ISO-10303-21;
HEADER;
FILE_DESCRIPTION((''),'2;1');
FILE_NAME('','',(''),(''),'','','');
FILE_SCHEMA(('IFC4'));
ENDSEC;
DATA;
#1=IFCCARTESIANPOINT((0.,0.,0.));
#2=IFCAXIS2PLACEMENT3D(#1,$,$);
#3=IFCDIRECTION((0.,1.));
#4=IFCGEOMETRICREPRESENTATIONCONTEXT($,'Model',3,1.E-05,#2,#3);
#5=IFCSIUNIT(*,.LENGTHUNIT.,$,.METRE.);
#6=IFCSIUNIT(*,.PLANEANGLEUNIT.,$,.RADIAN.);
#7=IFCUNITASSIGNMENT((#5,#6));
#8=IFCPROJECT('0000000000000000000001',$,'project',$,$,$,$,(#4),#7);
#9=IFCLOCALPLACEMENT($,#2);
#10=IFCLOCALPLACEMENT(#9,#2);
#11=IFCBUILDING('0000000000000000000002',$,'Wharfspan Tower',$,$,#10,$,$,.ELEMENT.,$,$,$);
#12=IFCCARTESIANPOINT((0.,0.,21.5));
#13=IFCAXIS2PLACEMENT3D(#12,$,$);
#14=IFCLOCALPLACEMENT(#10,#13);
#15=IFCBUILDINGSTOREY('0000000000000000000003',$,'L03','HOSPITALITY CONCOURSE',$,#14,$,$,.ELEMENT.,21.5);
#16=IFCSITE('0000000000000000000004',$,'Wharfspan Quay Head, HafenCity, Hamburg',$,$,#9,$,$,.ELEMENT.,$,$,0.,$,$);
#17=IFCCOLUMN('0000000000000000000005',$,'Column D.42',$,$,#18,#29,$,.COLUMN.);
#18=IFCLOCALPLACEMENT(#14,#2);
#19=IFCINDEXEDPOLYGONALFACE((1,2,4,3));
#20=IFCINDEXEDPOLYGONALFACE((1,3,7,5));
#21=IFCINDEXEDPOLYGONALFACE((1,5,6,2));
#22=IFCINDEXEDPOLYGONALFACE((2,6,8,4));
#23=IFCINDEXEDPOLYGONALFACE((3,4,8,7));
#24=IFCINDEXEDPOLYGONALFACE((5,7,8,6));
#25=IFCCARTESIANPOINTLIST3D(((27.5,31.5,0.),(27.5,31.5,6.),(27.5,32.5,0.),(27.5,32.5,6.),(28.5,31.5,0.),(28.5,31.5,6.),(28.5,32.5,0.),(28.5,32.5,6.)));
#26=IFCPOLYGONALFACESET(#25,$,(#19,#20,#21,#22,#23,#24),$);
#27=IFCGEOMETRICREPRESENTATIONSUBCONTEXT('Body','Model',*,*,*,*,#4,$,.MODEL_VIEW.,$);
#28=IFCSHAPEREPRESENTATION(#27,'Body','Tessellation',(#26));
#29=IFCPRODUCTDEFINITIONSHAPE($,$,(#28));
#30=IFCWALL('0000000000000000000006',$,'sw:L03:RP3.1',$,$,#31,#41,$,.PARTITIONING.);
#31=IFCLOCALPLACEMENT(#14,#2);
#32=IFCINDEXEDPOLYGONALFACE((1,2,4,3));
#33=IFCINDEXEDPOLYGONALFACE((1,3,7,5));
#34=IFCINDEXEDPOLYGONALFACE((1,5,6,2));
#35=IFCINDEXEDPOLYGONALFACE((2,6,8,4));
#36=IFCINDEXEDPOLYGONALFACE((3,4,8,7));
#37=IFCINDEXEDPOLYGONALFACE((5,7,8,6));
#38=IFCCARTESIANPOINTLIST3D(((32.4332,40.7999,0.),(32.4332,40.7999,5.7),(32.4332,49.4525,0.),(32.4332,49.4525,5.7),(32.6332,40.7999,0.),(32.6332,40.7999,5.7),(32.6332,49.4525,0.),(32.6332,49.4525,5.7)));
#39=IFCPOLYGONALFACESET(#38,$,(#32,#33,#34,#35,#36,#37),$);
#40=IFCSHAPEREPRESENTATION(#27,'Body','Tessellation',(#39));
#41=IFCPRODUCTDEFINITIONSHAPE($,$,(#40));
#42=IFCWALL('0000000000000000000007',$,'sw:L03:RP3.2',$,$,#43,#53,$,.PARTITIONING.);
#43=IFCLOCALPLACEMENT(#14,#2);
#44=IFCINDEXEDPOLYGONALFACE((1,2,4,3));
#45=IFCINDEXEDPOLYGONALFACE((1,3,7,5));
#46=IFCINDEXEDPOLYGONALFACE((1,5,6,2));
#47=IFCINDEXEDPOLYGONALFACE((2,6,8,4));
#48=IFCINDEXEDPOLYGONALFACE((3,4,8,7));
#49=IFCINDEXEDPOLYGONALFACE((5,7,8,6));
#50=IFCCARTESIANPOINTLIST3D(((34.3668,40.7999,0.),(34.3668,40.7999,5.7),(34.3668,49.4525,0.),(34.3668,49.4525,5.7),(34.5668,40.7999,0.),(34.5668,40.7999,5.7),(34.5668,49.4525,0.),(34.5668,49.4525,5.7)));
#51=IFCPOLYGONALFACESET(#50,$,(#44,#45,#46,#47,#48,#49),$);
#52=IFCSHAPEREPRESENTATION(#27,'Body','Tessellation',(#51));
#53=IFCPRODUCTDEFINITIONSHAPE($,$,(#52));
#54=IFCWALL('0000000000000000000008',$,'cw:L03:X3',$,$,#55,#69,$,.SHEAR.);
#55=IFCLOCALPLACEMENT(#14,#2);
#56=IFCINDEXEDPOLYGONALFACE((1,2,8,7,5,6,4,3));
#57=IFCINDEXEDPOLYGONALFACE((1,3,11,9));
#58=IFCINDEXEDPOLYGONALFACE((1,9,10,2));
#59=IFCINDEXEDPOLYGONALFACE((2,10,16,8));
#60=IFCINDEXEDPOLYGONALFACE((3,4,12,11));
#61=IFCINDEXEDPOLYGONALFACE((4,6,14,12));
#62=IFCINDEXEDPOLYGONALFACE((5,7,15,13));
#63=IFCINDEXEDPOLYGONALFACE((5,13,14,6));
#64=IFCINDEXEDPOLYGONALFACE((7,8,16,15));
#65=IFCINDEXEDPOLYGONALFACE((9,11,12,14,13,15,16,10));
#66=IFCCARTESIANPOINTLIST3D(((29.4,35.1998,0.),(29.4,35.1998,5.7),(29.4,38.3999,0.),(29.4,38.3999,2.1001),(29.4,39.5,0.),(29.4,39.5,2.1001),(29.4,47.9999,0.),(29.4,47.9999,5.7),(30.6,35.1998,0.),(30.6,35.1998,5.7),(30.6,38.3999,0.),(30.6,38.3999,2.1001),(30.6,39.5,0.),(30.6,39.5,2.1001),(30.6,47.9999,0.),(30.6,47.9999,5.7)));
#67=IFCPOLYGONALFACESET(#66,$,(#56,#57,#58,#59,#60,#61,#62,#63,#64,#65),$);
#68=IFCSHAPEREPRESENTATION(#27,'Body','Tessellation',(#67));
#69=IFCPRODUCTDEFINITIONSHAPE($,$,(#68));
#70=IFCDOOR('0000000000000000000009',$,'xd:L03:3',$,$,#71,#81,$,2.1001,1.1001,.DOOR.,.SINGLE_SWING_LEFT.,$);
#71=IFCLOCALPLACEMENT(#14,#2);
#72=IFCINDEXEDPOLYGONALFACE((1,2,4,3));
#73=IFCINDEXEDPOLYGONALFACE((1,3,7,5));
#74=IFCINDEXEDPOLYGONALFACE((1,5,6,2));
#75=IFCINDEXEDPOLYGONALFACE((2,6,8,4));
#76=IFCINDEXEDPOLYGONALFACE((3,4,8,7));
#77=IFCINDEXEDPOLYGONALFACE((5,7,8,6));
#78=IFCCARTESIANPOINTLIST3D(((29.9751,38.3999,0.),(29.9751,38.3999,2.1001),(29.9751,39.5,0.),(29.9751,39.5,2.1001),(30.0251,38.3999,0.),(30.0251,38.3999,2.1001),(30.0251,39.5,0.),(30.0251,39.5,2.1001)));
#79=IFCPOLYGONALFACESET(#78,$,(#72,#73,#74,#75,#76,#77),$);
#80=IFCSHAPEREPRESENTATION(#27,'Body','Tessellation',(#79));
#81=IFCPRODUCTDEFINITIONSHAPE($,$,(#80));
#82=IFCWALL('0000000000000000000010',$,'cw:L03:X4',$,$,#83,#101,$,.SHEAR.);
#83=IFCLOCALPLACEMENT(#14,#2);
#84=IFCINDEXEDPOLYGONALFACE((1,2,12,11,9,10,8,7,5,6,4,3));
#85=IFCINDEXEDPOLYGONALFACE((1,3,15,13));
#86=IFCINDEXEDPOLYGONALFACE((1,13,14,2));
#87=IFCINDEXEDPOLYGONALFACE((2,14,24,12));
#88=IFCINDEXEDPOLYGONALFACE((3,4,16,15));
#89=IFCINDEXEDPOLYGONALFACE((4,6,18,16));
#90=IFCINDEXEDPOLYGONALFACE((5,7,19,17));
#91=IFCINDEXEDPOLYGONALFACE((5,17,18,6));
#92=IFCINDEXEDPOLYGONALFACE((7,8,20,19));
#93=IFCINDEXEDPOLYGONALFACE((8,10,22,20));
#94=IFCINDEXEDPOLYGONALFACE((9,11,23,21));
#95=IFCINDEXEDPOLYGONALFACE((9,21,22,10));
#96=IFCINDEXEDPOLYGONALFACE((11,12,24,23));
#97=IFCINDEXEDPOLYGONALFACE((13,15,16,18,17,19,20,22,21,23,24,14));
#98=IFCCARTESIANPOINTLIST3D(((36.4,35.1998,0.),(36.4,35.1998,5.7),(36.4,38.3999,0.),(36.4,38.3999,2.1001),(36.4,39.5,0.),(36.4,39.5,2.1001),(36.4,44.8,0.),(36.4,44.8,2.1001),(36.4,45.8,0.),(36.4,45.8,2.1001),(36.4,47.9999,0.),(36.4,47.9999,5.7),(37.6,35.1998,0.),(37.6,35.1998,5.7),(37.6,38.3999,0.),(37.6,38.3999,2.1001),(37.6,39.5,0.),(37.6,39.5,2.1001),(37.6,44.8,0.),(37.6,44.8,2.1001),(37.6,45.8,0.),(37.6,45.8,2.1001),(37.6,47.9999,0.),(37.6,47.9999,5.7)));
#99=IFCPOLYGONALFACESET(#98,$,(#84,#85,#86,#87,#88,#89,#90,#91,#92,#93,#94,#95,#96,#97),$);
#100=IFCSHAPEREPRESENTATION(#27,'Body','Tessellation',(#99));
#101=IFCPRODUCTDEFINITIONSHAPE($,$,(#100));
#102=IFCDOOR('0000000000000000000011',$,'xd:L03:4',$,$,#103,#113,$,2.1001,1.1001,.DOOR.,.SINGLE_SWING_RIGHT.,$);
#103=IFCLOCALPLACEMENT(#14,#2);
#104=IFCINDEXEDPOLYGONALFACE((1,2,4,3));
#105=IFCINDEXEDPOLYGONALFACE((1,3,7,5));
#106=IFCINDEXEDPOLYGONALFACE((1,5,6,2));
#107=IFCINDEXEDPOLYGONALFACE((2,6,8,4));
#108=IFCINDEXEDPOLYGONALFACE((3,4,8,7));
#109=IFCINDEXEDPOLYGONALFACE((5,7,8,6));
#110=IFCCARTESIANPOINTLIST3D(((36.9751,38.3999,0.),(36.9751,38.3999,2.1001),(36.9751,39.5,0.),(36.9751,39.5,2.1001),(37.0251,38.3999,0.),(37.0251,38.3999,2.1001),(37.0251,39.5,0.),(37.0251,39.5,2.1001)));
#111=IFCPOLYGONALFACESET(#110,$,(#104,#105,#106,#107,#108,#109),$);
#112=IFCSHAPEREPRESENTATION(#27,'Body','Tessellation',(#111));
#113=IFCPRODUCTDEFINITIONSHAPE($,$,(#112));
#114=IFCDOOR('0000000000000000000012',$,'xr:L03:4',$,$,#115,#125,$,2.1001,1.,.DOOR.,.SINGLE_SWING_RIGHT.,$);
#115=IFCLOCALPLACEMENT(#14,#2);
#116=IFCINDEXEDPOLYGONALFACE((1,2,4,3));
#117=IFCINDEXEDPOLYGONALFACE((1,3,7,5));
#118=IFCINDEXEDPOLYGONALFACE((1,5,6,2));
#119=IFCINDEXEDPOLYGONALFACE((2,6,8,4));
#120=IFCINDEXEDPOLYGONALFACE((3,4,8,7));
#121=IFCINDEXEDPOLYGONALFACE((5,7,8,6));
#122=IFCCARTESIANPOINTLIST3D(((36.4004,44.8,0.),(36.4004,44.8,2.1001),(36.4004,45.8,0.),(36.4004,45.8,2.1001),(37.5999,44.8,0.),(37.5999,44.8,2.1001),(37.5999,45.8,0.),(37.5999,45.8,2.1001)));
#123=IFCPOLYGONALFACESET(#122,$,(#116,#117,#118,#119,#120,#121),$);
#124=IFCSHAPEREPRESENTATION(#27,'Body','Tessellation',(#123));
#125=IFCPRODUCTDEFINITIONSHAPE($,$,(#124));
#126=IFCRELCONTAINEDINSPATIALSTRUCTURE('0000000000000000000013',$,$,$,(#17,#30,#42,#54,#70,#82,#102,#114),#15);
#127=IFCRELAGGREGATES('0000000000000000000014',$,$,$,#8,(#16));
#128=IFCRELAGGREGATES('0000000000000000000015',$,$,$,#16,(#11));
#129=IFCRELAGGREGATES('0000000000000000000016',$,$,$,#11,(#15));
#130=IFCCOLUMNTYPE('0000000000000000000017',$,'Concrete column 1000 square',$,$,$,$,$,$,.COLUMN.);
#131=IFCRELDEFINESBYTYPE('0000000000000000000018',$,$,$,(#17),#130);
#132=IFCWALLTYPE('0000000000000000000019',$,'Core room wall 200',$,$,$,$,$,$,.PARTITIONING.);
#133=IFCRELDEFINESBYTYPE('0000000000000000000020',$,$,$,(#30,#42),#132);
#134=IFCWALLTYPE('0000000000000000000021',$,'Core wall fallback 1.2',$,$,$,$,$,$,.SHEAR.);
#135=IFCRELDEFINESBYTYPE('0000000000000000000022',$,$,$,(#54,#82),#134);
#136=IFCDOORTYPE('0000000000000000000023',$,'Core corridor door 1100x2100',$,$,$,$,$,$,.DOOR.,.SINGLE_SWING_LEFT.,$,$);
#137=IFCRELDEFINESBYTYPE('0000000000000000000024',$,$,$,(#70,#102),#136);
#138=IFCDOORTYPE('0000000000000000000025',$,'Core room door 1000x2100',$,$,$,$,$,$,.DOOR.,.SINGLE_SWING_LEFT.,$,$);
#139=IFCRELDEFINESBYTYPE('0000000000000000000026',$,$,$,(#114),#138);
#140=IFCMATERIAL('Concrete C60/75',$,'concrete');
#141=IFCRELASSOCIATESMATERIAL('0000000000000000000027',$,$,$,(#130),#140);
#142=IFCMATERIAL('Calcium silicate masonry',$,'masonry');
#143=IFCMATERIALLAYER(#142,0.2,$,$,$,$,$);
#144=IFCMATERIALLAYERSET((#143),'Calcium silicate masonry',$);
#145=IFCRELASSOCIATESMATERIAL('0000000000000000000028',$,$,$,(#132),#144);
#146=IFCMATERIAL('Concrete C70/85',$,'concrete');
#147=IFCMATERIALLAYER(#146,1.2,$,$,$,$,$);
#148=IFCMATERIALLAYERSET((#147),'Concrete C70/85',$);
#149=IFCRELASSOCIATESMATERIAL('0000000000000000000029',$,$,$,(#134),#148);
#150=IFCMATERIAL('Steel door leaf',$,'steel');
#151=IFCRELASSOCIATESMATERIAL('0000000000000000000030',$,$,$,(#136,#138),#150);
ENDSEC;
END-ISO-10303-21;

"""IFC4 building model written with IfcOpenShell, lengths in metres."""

from ifc_helpers import new_model, si_unit, direction, frame, frame_2d, origin, origin_2d, place, context, subcontext, project, spatial, rectangle, extrude, material, layer, layer_set, material_profile, profile_set, type_object, element, fill, save


model = new_model("IFC4")

# Units and contexts
model_context = context("Model", 3, precision=1e-05, world=origin(), true_north=direction((0.0, 1.0)))
body_context = subcontext(model_context, "Body", "Model", "MODEL_VIEW")
ifc_project = project(units=[si_unit("LENGTHUNIT", "METRE"), si_unit("PLANEANGLEUNIT", "RADIAN")], contexts=[model_context])

# Site, building, storey
site_placement = place(None, origin())
site = spatial("IfcSite", under=ifc_project, at=site_placement, Name="Wharfspan Quay Head, HafenCity, Hamburg", CompositionType="ELEMENT", RefElevation=0.0)
building_placement = place(site_placement, origin())
building = spatial("IfcBuilding", under=site, at=building_placement, Name="Wharfspan Tower", CompositionType="ELEMENT")
storey_placement = place(building_placement, frame((0.0, 0.0, 21.5)))
storey = spatial("IfcBuildingStorey", under=building, at=storey_placement, Name="L03", Description="HOSPITALITY CONCOURSE", CompositionType="ELEMENT", Elevation=21.5)

# Column
ifc_material_1 = material(Name="Concrete C60/75", Category="concrete")
ifc_material_profile = material_profile(ifc_material_1, rectangle(XDim=1.0, YDim=1.0, at=origin_2d()))
ifc_profile_set = profile_set([ifc_material_profile], Name="Concrete C60/75")
column_type = type_object("IfcColumnType", Name="Concrete column 1000 square", PredefinedType="COLUMN", material=ifc_profile_set)
column_placement = place(storey_placement, frame((28.0, 32.0, 0.0), z_axis=(0.0, 0.0, 1.0), x_axis=(1.0, 0.0, 0.0)))
element("IfcColumn", 1, at=column_placement, inside=storey, type_object=column_type, Name="Column D.42", PredefinedType="COLUMN", context=body_context, shape_type="SweptSolid", body=[
    extrude(rectangle(XDim=1.0, YDim=1.0, at=origin_2d()), origin(), (0.0, 0.0, 1.0), 6.0),
])

# Walls
ifc_material_2 = material(Name="Calcium silicate masonry", Category="masonry")
ifc_layer_1 = layer(ifc_material_2, 0.2)
ifc_layer_set_1 = layer_set([ifc_layer_1], Name="Calcium silicate masonry")
wall_type_1 = type_object("IfcWallType", Name="Core room wall 200", PredefinedType="PARTITIONING", material=ifc_layer_set_1)
for number, where, z_axis, x_axis, name in (
    (2, (32.5332, 40.8, 0.0), (0.0, 0.0, 1.0), (0.0, 1.0, 0.0), "sw:L03:RP3.1"),
    (3, (34.4668, 40.8, 0.0), (0.0, 0.0, 1.0), (0.0, 1.0, 0.0), "sw:L03:RP3.2"),
):
    element("IfcWall", number, at=place(storey_placement, frame(where, z_axis=z_axis, x_axis=x_axis)), inside=storey, type_object=wall_type_1, Name=name, PredefinedType="PARTITIONING", context=body_context, shape_type="SweptSolid", body=[
        extrude(rectangle(XDim=8.6526, YDim=0.2, at=frame_2d((4.3262, 0.0))), origin(), (0.0, 0.0, 1.0), 5.7),
    ])

# Wall, opening, door
ifc_material_3 = material(Name="Concrete C70/85", Category="concrete")
ifc_layer_2 = layer(ifc_material_3, 1.2)
ifc_layer_set_2 = layer_set([ifc_layer_2], Name="Concrete C70/85")
wall_type_2 = type_object("IfcWallType", Name="Core wall fallback 1.2", PredefinedType="SHEAR", material=ifc_layer_set_2)
wall_1_placement = place(storey_placement, frame((30.0, 35.2, 0.0), z_axis=(0.0, 0.0, 1.0), x_axis=(0.0, 1.0, 0.0)))
wall_1 = element("IfcWall", 4, at=wall_1_placement, inside=storey, type_object=wall_type_2, Name="cw:L03:X3", PredefinedType="SHEAR", context=body_context, shape_type="SweptSolid", body=[
    extrude(rectangle(XDim=12.8, YDim=1.2, at=frame_2d((6.3999, 0.0))), origin(), (0.0, 0.0, 1.0), 5.7),
])
opening_1_placement = place(wall_1_placement, frame((3.2, 0.0, 0.0)))
opening_1 = element("IfcOpeningElement", 5, at=opening_1_placement, cuts=wall_1, PredefinedType="OPENING", context=body_context, shape_type="SweptSolid", body=[
    extrude(rectangle(XDim=1.1001, YDim=2.1001, at=frame_2d((0.55, 1.05))), frame((0.0, 0.6099, 0.0), z_axis=(0.0, -1.0, 0.0), x_axis=(1.0, 0.0, 0.0)), (0.0, 0.0, 1.0), 1.22),
])
ifc_material_4 = material(Name="Steel door leaf", Category="steel")
door_type_1 = type_object("IfcDoorType", Name="Core corridor door 1100x2100", OperationType="SINGLE_SWING_LEFT", PredefinedType="DOOR", material=ifc_material_4)
door_1_placement = place(opening_1_placement, origin())
door_1 = element("IfcDoor", 6, at=door_1_placement, inside=storey, type_object=door_type_1, Name="xd:L03:3", OperationType="SINGLE_SWING_LEFT", OverallHeight=2.1001, OverallWidth=1.1001, PredefinedType="DOOR", context=body_context, shape_type="SweptSolid", body=[
    extrude(rectangle(XDim=1.1001, YDim=2.1001, at=frame_2d((0.55, 1.05))), frame((0.0, 0.0249, 0.0), z_axis=(0.0, -1.0, 0.0), x_axis=(1.0, 0.0, 0.0)), (0.0, 0.0, 1.0), 0.05),
])
fill(opening_1, door_1)

# Wall, openings, doors
wall_2_placement = place(storey_placement, frame((37.0, 35.2, 0.0), z_axis=(0.0, 0.0, 1.0), x_axis=(0.0, 1.0, 0.0)))
wall_2 = element("IfcWall", 7, at=wall_2_placement, inside=storey, type_object=wall_type_2, Name="cw:L03:X4", PredefinedType="SHEAR", context=body_context, shape_type="SweptSolid", body=[
    extrude(rectangle(XDim=12.8, YDim=1.2, at=frame_2d((6.3999, 0.0))), origin(), (0.0, 0.0, 1.0), 5.7),
])
opening_2_placement = place(wall_2_placement, frame((3.2, 0.0, 0.0)))
opening_2 = element("IfcOpeningElement", 8, at=opening_2_placement, cuts=wall_2, PredefinedType="OPENING", context=body_context, shape_type="SweptSolid", body=[
    extrude(rectangle(XDim=1.1001, YDim=2.1001, at=frame_2d((0.55, 1.05))), frame((0.0, 0.6099, 0.0), z_axis=(0.0, -1.0, 0.0), x_axis=(1.0, 0.0, 0.0)), (0.0, 0.0, 1.0), 1.22),
])
opening_3_placement = place(wall_2_placement, frame((9.6001, 0.0, 0.0)))
opening_3 = element("IfcOpeningElement", 9, at=opening_3_placement, cuts=wall_2, PredefinedType="OPENING", context=body_context, shape_type="SweptSolid", body=[
    extrude(rectangle(XDim=1.0, YDim=2.1001, at=frame_2d((0.5, 1.05))), frame((0.0, 0.6099, 0.0), z_axis=(0.0, -1.0, 0.0), x_axis=(1.0, 0.0, 0.0)), (0.0, 0.0, 1.0), 1.22),
])
door_2_placement = place(opening_2_placement, origin())
door_2 = element("IfcDoor", 10, at=door_2_placement, inside=storey, type_object=door_type_1, Name="xd:L03:4", OperationType="SINGLE_SWING_RIGHT", OverallHeight=2.1001, OverallWidth=1.1001, PredefinedType="DOOR", context=body_context, shape_type="SweptSolid", body=[
    extrude(rectangle(XDim=1.1001, YDim=2.1001, at=frame_2d((0.55, 1.05))), frame((0.0, 0.0249, 0.0), z_axis=(0.0, -1.0, 0.0), x_axis=(1.0, 0.0, 0.0)), (0.0, 0.0, 1.0), 0.05),
])
fill(opening_2, door_2)
door_type_2 = type_object("IfcDoorType", Name="Core room door 1000x2100", OperationType="SINGLE_SWING_LEFT", PredefinedType="DOOR", material=ifc_material_4)
door_3_placement = place(opening_3_placement, origin())
door_3 = element("IfcDoor", 11, at=door_3_placement, inside=storey, type_object=door_type_2, Name="xr:L03:4", OperationType="SINGLE_SWING_RIGHT", OverallHeight=2.1001, OverallWidth=1.0, PredefinedType="DOOR", context=body_context, shape_type="SweptSolid", body=[
    extrude(rectangle(XDim=1.0, YDim=2.1001, at=frame_2d((0.5, 1.05))), frame((0.0, 0.5996, 0.0), z_axis=(0.0, -1.0, 0.0), x_axis=(1.0, 0.0, 0.0)), (0.0, 0.0, 1.0), 1.1995),
])
fill(opening_3, door_3)

save(model, "model.ifc")
